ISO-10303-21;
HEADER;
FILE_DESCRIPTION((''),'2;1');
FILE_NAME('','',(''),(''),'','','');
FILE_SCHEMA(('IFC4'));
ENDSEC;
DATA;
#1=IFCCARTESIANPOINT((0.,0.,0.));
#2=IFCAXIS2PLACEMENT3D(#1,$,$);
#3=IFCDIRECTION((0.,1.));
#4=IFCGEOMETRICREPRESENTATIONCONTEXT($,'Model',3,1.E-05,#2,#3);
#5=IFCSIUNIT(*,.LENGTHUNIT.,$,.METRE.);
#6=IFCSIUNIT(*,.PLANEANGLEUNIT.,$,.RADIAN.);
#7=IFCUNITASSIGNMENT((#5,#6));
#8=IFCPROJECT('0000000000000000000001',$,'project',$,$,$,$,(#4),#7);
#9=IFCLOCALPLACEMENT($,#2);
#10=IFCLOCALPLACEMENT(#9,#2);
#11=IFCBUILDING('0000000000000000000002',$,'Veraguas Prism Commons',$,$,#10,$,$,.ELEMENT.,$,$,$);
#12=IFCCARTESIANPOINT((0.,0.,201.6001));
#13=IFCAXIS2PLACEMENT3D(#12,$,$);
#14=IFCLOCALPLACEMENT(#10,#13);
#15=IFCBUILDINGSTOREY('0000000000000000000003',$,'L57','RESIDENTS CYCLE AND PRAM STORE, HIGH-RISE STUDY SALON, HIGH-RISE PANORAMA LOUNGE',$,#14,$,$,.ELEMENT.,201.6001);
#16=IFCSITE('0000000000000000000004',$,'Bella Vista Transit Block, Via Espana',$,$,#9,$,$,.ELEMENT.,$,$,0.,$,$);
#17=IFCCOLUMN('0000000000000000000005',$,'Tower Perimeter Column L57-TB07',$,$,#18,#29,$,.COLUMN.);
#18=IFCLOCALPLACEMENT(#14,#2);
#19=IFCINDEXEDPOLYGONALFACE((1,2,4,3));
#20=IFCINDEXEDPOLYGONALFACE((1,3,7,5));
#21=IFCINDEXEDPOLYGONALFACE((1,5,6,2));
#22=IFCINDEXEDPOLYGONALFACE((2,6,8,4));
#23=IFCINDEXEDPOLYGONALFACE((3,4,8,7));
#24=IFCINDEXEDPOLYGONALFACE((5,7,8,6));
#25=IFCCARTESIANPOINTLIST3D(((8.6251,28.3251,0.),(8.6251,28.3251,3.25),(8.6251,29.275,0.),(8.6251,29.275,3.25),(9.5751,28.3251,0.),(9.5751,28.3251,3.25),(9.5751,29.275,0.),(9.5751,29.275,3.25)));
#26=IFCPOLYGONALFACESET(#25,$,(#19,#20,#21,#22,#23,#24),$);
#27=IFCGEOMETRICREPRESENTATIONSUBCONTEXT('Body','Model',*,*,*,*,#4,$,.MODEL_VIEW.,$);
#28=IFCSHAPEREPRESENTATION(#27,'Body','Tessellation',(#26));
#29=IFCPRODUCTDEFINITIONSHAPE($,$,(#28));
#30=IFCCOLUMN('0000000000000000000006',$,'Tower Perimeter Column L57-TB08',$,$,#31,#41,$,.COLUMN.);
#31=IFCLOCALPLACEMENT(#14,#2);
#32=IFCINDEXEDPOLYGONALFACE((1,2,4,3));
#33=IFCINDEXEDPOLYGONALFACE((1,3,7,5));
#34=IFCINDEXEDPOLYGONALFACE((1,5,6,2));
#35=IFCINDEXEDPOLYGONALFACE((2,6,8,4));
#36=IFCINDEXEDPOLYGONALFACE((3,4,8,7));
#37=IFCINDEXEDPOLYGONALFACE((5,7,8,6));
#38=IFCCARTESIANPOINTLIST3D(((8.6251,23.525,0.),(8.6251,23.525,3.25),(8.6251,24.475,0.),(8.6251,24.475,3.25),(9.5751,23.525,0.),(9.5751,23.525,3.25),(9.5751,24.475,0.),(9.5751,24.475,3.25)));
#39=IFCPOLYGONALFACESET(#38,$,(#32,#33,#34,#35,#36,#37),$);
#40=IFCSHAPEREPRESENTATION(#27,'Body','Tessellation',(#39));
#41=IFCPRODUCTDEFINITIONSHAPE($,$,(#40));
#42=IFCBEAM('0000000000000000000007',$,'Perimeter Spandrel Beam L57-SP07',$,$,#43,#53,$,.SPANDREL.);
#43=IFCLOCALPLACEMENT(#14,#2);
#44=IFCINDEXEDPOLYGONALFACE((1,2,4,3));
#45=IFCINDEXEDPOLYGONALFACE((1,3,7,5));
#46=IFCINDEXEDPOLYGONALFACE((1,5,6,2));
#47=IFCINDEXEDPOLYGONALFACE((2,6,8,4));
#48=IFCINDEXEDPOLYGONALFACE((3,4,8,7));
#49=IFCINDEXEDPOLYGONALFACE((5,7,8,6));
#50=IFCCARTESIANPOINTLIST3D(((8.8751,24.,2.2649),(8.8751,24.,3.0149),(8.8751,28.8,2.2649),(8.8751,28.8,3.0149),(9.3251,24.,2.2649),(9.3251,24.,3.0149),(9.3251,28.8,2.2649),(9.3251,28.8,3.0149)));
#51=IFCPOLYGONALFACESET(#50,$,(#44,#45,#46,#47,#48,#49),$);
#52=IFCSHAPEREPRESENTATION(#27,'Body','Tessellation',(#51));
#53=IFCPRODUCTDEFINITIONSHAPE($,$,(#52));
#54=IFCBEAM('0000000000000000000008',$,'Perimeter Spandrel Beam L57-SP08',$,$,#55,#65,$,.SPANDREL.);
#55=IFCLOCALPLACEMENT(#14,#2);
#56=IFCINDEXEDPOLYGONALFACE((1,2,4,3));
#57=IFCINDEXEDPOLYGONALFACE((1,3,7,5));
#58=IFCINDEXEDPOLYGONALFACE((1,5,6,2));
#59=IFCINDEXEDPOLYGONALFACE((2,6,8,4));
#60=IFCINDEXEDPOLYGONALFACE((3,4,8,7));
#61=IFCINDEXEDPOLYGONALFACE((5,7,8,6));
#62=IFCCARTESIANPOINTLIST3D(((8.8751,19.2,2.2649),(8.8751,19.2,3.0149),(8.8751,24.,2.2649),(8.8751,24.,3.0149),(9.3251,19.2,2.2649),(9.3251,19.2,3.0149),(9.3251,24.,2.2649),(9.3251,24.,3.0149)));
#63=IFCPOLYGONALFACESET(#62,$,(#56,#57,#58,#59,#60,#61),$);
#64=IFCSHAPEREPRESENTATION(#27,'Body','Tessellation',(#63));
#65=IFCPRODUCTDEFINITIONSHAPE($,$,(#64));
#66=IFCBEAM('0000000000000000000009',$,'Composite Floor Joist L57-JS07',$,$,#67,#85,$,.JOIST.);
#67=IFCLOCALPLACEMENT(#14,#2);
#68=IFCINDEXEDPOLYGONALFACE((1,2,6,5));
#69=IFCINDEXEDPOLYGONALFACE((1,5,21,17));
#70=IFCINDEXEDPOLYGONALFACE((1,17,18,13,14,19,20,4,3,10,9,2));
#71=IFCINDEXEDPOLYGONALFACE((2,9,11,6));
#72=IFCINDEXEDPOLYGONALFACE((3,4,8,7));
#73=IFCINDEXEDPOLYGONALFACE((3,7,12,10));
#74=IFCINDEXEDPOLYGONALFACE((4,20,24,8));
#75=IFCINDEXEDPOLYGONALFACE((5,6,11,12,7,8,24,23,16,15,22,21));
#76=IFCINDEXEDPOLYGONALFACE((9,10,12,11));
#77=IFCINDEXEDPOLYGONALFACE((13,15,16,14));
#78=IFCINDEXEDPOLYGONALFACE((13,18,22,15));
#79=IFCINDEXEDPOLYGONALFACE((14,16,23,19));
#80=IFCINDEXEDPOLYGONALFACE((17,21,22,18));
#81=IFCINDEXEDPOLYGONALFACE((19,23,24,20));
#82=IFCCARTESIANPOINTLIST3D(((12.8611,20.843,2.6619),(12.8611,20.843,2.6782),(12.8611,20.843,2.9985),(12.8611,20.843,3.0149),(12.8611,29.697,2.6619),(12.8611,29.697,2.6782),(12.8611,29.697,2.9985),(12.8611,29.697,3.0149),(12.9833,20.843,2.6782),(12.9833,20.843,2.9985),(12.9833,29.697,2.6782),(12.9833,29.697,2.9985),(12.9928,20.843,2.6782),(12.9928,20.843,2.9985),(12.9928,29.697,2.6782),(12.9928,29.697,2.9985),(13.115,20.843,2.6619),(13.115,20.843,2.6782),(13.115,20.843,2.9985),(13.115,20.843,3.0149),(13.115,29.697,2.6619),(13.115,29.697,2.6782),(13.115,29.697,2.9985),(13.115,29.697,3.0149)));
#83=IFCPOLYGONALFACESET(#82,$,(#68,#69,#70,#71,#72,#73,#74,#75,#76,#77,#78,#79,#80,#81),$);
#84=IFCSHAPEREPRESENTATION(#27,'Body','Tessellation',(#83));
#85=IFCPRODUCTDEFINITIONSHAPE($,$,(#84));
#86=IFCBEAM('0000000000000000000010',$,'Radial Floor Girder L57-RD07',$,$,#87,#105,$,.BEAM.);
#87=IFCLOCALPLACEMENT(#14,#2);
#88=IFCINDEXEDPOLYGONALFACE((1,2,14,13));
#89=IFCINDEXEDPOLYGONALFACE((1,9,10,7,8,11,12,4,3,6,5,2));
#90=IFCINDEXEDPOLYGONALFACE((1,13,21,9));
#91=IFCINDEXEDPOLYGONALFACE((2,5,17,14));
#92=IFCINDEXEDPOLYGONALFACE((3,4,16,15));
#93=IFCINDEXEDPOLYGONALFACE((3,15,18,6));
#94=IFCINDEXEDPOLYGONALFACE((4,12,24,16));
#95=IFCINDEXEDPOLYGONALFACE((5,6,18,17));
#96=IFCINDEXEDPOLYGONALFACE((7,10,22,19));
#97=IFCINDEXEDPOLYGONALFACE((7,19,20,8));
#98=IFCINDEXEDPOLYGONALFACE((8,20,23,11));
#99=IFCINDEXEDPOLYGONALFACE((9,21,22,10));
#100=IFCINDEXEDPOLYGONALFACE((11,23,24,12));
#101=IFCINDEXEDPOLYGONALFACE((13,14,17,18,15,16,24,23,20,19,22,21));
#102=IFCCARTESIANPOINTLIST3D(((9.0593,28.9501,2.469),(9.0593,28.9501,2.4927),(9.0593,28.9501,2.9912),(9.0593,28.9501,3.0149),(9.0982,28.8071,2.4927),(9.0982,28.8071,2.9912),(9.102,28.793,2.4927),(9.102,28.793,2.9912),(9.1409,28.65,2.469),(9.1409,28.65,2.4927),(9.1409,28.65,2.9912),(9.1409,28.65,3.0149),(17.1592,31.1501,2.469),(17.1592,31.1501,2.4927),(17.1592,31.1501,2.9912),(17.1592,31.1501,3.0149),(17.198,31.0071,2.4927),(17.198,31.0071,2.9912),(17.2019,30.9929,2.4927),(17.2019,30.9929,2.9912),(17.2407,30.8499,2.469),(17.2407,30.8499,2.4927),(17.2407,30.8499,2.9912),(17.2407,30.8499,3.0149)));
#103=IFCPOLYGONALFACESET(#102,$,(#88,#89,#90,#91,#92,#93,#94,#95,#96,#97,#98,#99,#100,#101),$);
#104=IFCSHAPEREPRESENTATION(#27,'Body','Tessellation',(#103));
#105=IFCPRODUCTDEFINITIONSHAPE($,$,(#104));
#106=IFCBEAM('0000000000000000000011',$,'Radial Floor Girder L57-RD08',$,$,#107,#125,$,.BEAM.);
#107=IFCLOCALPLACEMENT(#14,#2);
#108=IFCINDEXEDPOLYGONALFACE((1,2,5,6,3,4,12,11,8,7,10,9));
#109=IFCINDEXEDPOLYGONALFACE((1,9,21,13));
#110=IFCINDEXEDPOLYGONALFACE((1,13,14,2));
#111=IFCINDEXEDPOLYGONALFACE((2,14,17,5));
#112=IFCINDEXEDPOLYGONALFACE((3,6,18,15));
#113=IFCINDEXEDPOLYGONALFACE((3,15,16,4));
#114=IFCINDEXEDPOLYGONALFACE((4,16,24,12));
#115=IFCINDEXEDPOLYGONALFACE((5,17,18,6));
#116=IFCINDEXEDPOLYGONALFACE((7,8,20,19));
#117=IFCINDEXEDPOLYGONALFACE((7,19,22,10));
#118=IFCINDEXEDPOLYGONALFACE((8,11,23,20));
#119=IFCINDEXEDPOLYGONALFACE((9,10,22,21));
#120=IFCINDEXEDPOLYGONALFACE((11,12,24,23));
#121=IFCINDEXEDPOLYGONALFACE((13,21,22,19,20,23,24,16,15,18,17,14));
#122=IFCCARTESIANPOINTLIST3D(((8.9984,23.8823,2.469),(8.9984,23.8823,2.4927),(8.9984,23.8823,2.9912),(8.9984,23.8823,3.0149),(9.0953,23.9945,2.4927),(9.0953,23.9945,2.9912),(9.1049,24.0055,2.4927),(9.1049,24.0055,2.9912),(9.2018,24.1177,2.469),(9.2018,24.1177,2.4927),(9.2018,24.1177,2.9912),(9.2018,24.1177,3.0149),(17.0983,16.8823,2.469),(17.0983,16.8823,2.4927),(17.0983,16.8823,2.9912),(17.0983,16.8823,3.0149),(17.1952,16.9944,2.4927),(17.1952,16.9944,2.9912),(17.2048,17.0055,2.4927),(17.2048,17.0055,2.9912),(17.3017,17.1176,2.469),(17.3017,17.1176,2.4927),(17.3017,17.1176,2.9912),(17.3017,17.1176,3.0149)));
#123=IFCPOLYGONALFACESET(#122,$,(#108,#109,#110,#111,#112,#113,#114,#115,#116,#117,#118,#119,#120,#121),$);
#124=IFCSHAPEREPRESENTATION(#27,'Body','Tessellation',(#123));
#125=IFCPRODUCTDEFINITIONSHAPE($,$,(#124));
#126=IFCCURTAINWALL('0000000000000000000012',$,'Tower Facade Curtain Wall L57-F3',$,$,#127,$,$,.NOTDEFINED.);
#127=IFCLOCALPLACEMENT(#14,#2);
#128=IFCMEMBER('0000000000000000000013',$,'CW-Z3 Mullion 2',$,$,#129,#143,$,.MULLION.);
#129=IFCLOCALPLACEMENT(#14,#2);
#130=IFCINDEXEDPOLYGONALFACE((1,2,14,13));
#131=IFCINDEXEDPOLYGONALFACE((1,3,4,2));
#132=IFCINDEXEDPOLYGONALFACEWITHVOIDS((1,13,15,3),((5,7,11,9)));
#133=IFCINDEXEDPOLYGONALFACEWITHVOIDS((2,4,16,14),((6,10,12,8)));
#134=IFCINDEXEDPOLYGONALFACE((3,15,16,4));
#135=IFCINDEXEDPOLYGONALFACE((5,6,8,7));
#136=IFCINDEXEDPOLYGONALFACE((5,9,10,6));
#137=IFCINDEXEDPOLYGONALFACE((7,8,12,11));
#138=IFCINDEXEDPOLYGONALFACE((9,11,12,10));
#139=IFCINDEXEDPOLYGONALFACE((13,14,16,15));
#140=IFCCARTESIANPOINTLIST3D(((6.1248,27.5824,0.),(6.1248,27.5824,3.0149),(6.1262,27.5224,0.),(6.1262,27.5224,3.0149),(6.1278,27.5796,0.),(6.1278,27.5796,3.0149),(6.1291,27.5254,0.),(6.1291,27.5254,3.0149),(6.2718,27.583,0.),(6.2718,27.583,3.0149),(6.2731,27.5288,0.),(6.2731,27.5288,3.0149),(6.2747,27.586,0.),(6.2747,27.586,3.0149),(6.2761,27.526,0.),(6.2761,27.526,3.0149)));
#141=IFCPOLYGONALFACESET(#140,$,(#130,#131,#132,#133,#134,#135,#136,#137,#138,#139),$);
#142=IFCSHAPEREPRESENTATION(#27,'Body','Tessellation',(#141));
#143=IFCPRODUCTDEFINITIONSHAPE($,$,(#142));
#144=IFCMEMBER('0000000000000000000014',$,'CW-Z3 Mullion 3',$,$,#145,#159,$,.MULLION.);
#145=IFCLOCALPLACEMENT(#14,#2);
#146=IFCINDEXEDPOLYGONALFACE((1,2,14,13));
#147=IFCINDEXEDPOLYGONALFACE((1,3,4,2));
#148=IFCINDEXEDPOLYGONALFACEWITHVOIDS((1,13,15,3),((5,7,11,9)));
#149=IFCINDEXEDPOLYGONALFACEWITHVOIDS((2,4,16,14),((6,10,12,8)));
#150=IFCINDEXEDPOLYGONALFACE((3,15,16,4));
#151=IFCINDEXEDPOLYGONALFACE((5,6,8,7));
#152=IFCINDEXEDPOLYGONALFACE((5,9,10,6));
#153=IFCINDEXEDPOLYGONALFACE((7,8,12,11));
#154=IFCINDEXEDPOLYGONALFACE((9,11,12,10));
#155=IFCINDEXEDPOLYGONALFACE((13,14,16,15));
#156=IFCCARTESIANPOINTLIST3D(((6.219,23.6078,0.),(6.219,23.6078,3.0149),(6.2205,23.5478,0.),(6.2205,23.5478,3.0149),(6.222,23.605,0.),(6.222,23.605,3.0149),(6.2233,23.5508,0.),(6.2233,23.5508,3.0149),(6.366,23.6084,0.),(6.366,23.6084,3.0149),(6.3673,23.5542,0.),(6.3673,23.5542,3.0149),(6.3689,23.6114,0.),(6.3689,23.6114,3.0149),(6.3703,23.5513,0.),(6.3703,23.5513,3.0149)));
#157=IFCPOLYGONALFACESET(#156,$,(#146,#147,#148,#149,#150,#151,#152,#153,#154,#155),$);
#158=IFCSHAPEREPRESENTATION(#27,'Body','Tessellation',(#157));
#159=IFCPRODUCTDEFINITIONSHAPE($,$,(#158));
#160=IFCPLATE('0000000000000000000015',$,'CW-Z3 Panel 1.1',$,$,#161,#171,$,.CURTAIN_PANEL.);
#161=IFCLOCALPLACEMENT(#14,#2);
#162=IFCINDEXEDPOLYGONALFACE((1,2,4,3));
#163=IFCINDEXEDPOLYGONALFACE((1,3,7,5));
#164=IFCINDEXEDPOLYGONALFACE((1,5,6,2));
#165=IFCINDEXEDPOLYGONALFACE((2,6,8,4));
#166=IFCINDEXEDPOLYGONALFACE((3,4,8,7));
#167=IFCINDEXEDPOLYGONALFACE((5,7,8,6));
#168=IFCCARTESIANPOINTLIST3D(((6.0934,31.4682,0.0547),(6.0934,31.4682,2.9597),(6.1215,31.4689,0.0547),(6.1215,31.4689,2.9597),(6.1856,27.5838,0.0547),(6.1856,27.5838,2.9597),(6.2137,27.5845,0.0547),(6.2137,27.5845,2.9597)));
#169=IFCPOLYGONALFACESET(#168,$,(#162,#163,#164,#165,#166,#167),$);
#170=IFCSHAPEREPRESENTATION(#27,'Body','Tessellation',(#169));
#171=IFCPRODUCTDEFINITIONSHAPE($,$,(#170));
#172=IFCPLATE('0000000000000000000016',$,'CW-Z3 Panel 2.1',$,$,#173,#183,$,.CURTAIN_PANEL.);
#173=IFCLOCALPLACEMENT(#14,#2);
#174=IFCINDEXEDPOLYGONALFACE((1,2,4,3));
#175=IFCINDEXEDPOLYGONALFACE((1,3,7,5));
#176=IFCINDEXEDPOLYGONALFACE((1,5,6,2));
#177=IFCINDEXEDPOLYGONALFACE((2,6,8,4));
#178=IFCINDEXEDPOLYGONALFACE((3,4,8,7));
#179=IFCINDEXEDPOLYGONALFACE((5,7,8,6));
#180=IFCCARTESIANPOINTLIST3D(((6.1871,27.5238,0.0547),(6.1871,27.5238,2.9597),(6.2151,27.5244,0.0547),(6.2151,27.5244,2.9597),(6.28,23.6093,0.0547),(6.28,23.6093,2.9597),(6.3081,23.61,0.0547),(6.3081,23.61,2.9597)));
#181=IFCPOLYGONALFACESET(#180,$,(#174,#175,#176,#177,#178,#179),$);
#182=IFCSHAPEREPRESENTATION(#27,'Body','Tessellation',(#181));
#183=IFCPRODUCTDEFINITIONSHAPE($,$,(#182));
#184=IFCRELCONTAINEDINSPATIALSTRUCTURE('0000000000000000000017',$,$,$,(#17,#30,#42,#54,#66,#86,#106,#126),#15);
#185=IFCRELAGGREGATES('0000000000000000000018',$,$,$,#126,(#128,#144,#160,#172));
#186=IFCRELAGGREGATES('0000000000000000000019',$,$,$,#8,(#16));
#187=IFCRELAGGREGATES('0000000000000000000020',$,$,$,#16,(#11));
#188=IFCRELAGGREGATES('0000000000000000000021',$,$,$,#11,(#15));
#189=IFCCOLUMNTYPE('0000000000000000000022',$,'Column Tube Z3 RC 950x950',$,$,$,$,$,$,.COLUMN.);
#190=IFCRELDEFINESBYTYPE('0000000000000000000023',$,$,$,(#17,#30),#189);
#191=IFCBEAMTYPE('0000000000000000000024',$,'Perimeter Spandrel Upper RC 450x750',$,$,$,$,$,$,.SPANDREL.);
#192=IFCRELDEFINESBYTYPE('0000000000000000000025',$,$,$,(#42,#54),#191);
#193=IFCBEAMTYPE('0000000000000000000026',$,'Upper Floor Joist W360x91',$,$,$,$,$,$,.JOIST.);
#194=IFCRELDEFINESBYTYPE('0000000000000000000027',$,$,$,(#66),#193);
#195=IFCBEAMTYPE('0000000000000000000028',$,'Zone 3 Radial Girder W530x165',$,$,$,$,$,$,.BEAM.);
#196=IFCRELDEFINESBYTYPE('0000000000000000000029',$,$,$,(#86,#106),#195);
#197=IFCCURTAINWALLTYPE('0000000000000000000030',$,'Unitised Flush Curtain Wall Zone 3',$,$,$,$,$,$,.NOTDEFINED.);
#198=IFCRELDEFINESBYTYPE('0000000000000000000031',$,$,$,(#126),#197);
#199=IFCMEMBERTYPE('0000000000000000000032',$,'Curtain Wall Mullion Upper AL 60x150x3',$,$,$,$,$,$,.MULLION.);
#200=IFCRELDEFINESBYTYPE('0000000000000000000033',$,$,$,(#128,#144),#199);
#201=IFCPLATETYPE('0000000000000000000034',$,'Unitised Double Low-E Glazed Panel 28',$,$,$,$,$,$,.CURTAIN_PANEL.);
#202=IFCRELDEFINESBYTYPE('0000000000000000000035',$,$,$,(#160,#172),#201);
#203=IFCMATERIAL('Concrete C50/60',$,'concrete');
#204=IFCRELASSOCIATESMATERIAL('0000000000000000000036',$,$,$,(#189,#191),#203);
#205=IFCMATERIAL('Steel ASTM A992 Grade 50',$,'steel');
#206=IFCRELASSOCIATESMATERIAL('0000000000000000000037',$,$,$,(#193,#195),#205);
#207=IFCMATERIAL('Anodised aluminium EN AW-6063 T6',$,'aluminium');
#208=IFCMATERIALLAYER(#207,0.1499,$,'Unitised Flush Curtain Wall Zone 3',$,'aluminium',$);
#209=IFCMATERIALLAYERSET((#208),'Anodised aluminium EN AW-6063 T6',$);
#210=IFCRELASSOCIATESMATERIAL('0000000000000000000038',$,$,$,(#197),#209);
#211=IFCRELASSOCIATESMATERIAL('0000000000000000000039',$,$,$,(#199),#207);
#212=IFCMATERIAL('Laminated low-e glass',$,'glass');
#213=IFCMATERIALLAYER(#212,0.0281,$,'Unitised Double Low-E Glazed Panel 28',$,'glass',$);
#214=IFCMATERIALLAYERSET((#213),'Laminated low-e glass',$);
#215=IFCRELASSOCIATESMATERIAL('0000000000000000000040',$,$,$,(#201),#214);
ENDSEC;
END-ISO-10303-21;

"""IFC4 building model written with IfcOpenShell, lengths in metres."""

from ifc_helpers import new_model, si_unit, direction, frame, origin, origin_2d, place, context, subcontext, project, spatial, rectangle, hollow_rectangle, i_section, extrude, source, transform, mapped, material, layer, layer_set, material_profile, profile_set, type_object, element, aggregate, save


model = new_model("IFC4")

# Units and contexts
model_context = context("Model", 3, precision=1e-05, world=origin(), true_north=direction((0.0, 1.0)))
body_context = subcontext(model_context, "Body", "Model", "MODEL_VIEW")
ifc_project = project(units=[si_unit("LENGTHUNIT", "METRE"), si_unit("PLANEANGLEUNIT", "RADIAN")], contexts=[model_context])

# Site, building, storey
site_placement = place(None, origin())
site = spatial("IfcSite", under=ifc_project, at=site_placement, Name="Bella Vista Transit Block, Via Espana", CompositionType="ELEMENT", RefElevation=0.0)
building_placement = place(site_placement, origin())
building = spatial("IfcBuilding", under=site, at=building_placement, Name="Veraguas Prism Commons", CompositionType="ELEMENT")
storey_placement = place(building_placement, frame((0.0, 0.0, 201.6001)))
storey = spatial("IfcBuildingStorey", under=building, at=storey_placement, Name="L57", Description="RESIDENTS CYCLE AND PRAM STORE, HIGH-RISE STUDY SALON, HIGH-RISE PANORAMA LOUNGE", CompositionType="ELEMENT", Elevation=201.6001)

# Columns
ifc_material_1 = material(Name="Concrete C50/60", Category="concrete")
ifc_material_profile_1 = material_profile(ifc_material_1, rectangle(XDim=0.95, YDim=0.95, at=origin_2d()), Name="RC950X950")
ifc_profile_set_1 = profile_set([ifc_material_profile_1], Name="Concrete C50/60")
column_type = type_object("IfcColumnType", Name="Column Tube Z3 RC 950x950", PredefinedType="COLUMN", material=ifc_profile_set_1)
for number, where, z_axis, x_axis, name in (
    (1, (9.1001, 28.8, 0.0), (0.0, 0.0, 1.0), (1.0, 0.0, 0.0), "Tower Perimeter Column L57-TB07"),
    (2, (9.1001, 24.0, 0.0), (0.0, 0.0, 1.0), (1.0, 0.0, 0.0), "Tower Perimeter Column L57-TB08"),
):
    element("IfcColumn", number, at=place(storey_placement, frame(where, z_axis=z_axis, x_axis=x_axis)), inside=storey, type_object=column_type, Name=name, PredefinedType="COLUMN", context=body_context, shape_type="SweptSolid", body=[
        extrude(rectangle(XDim=0.95, YDim=0.95, at=origin_2d()), origin(), (0.0, 0.0, 1.0), 3.25),
    ])

# Beams
ifc_material_profile_2 = material_profile(ifc_material_1, rectangle(XDim=0.45, YDim=0.75, at=origin_2d()), Name="RC450X750")
ifc_profile_set_2 = profile_set([ifc_material_profile_2], Name="Concrete C50/60")
beam_type_1 = type_object("IfcBeamType", Name="Perimeter Spandrel Upper RC 450x750", PredefinedType="SPANDREL", material=ifc_profile_set_2)
for number, where, z_axis, x_axis, name in (
    (3, (9.1001, 28.8, 2.6399), (0.0, -1.0, 0.0), (1.0, 0.0, 0.0), "Perimeter Spandrel Beam L57-SP07"),
    (4, (9.1001, 24.0, 2.6399), (0.0, -1.0, 0.0), (1.0, 0.0, 0.0), "Perimeter Spandrel Beam L57-SP08"),
):
    element("IfcBeam", number, at=place(storey_placement, frame(where, z_axis=z_axis, x_axis=x_axis)), inside=storey, type_object=beam_type_1, Name=name, PredefinedType="SPANDREL", context=body_context, shape_type="SweptSolid", body=[
        extrude(rectangle(XDim=0.45, YDim=0.75, at=origin_2d()), origin(), (0.0, 0.0, 1.0), 4.8),
    ])
ifc_material_2 = material(Name="Steel ASTM A992 Grade 50", Category="steel")
ifc_material_profile_3 = material_profile(ifc_material_2, i_section(OverallWidth=0.2539, OverallDepth=0.353, WebThickness=0.0095, FlangeThickness=0.0164, at=origin_2d()), Name="W360X91")
ifc_profile_set_3 = profile_set([ifc_material_profile_3], Name="Steel ASTM A992 Grade 50")
beam_type_2 = type_object("IfcBeamType", Name="Upper Floor Joist W360x91", PredefinedType="JOIST", material=ifc_profile_set_3)
beam_1_placement = place(storey_placement, frame((12.988, 29.697, 2.8384), z_axis=(0.0, -1.0, 0.0), x_axis=(1.0, 0.0, 0.0)))
element("IfcBeam", 5, at=beam_1_placement, inside=storey, type_object=beam_type_2, Name="Composite Floor Joist L57-JS07", PredefinedType="JOIST", context=body_context, shape_type="SweptSolid", body=[
    extrude(i_section(OverallWidth=0.2539, OverallDepth=0.353, WebThickness=0.0095, FlangeThickness=0.0164, at=origin_2d()), origin(), (0.0, 0.0, 1.0), 8.854),
])
ifc_material_profile_4 = material_profile(ifc_material_2, i_section(OverallWidth=0.311, OverallDepth=0.5459, WebThickness=0.0146, FlangeThickness=0.0237, at=origin_2d()), Name="W530X165")
ifc_profile_set_4 = profile_set([ifc_material_profile_4], Name="Steel ASTM A992 Grade 50")
beam_type_3 = type_object("IfcBeamType", Name="Zone 3 Radial Girder W530x165", PredefinedType="BEAM", material=ifc_profile_set_4)
beam_2_placement = place(storey_placement, frame((9.1001, 28.8, 2.7419), z_axis=(0.965039, 0.262108, 0.0), x_axis=(-0.262108, 0.965039, 0.0)))
element("IfcBeam", 6, at=beam_2_placement, inside=storey, type_object=beam_type_3, Name="Radial Floor Girder L57-RD07", PredefinedType="BEAM", context=body_context, shape_type="SweptSolid", body=[
    extrude(i_section(OverallWidth=0.311, OverallDepth=0.5459, WebThickness=0.0146, FlangeThickness=0.0237, at=origin_2d()), origin(), (0.0, 0.0, 1.0), 8.3933),
])
beam_3_placement = place(storey_placement, frame((9.1001, 24.0, 2.7419), z_axis=(0.756607, -0.65387, 0.0), x_axis=(0.65387, 0.756607, 0.0)))
element("IfcBeam", 7, at=beam_3_placement, inside=storey, type_object=beam_type_3, Name="Radial Floor Girder L57-RD08", PredefinedType="BEAM", context=body_context, shape_type="SweptSolid", body=[
    extrude(i_section(OverallWidth=0.311, OverallDepth=0.5459, WebThickness=0.0146, FlangeThickness=0.0237, at=origin_2d()), origin(), (0.0, 0.0, 1.0), 10.7056),
])

# Curtain wall, members, plates
ifc_material_3 = material(Name="Anodised aluminium EN AW-6063 T6", Category="aluminium")
ifc_layer_1 = layer(ifc_material_3, 0.1499, Name="Unitised Flush Curtain Wall Zone 3", Category="aluminium")
ifc_layer_set_1 = layer_set([ifc_layer_1], Name="Anodised aluminium EN AW-6063 T6")
curtain_wall_type = type_object("IfcCurtainWallType", Name="Unitised Flush Curtain Wall Zone 3", PredefinedType="NOTDEFINED", material=ifc_layer_set_1)
curtain_wall_placement = place(storey_placement, origin())
curtain_wall = element("IfcCurtainWall", 8, at=curtain_wall_placement, inside=storey, type_object=curtain_wall_type, Name="Tower Facade Curtain Wall L57-F3", PredefinedType="NOTDEFINED")
ifc_material_profile_5 = material_profile(ifc_material_3, hollow_rectangle(XDim=0.0601, YDim=0.1499, WallThickness=0.0029, at=origin_2d()), Name="AL60X150X3")
ifc_profile_set_5 = profile_set([ifc_material_profile_5], Name="Anodised aluminium EN AW-6063 T6")
member_type = type_object("IfcMemberType", Name="Curtain Wall Mullion Upper AL 60x150x3", PredefinedType="MULLION", material=ifc_profile_set_5)
shared_shape_1 = source(origin(), body_context, "Body", "SweptSolid", [
    extrude(hollow_rectangle(XDim=0.0601, YDim=0.1499, WallThickness=0.0029, at=origin_2d()), origin(), (0.0, 0.0, 1.0), 3.0149),
])
member_1_placement = place(storey_placement, frame((6.2004, 27.5542, 0.0), z_axis=(0.0, 0.0, 1.0), x_axis=(0.023738, -0.999718, 0.0)))
member_1 = element("IfcMember", 9, at=member_1_placement, type_object=member_type, Name="CW-Z3 Mullion 2", PredefinedType="MULLION", context=body_context, shape_type="MappedRepresentation", body=[
    mapped(shared_shape_1, transform((0.0, 0.0, 0.0), scale=1.0)),
])
member_2_placement = place(storey_placement, frame((6.2947, 23.5796, 0.0), z_axis=(0.0, 0.0, 1.0), x_axis=(0.023738, -0.999718, 0.0)))
member_2 = element("IfcMember", 10, at=member_2_placement, type_object=member_type, Name="CW-Z3 Mullion 3", PredefinedType="MULLION", context=body_context, shape_type="MappedRepresentation", body=[
    mapped(shared_shape_1, transform((0.0, 0.0, 0.0), scale=1.0)),
])
ifc_material_4 = material(Name="Laminated low-e glass", Category="glass")
ifc_layer_2 = layer(ifc_material_4, 0.0281, Name="Unitised Double Low-E Glazed Panel 28", Category="glass")
ifc_layer_set_2 = layer_set([ifc_layer_2], Name="Laminated low-e glass")
plate_type = type_object("IfcPlateType", Name="Unitised Double Low-E Glazed Panel 28", PredefinedType="CURTAIN_PANEL", material=ifc_layer_set_2)
shared_shape_2 = source(origin(), body_context, "Body", "SweptSolid", [
    extrude(rectangle(XDim=3.8855, YDim=0.0281, at=origin_2d()), origin(), (0.0, 0.0, 1.0), 2.905),
])
plate_1_placement = place(storey_placement, frame((6.1536, 29.5264, 0.0547), z_axis=(0.0, 0.0, 1.0), x_axis=(0.023738, -0.999718, 0.0)))
plate_1 = element("IfcPlate", 11, at=plate_1_placement, type_object=plate_type, Name="CW-Z3 Panel 1.1", PredefinedType="CURTAIN_PANEL", context=body_context, shape_type="MappedRepresentation", body=[
    mapped(shared_shape_2, transform((0.0, 0.0, 0.0), scale=1.0)),
])
shared_shape_3 = source(origin(), body_context, "Body", "SweptSolid", [
    extrude(rectangle(XDim=3.9155, YDim=0.0281, at=origin_2d()), origin(), (0.0, 0.0, 1.0), 2.905),
])
plate_2_placement = place(storey_placement, frame((6.2476, 25.5669, 0.0547), z_axis=(0.0, 0.0, 1.0), x_axis=(0.023738, -0.999718, 0.0)))
plate_2 = element("IfcPlate", 12, at=plate_2_placement, type_object=plate_type, Name="CW-Z3 Panel 2.1", PredefinedType="CURTAIN_PANEL", context=body_context, shape_type="MappedRepresentation", body=[
    mapped(shared_shape_3, transform((0.0, 0.0, 0.0), scale=1.0)),
])
aggregate(curtain_wall, [member_1, member_2, plate_1, plate_2])

save(model, "model.ifc")
